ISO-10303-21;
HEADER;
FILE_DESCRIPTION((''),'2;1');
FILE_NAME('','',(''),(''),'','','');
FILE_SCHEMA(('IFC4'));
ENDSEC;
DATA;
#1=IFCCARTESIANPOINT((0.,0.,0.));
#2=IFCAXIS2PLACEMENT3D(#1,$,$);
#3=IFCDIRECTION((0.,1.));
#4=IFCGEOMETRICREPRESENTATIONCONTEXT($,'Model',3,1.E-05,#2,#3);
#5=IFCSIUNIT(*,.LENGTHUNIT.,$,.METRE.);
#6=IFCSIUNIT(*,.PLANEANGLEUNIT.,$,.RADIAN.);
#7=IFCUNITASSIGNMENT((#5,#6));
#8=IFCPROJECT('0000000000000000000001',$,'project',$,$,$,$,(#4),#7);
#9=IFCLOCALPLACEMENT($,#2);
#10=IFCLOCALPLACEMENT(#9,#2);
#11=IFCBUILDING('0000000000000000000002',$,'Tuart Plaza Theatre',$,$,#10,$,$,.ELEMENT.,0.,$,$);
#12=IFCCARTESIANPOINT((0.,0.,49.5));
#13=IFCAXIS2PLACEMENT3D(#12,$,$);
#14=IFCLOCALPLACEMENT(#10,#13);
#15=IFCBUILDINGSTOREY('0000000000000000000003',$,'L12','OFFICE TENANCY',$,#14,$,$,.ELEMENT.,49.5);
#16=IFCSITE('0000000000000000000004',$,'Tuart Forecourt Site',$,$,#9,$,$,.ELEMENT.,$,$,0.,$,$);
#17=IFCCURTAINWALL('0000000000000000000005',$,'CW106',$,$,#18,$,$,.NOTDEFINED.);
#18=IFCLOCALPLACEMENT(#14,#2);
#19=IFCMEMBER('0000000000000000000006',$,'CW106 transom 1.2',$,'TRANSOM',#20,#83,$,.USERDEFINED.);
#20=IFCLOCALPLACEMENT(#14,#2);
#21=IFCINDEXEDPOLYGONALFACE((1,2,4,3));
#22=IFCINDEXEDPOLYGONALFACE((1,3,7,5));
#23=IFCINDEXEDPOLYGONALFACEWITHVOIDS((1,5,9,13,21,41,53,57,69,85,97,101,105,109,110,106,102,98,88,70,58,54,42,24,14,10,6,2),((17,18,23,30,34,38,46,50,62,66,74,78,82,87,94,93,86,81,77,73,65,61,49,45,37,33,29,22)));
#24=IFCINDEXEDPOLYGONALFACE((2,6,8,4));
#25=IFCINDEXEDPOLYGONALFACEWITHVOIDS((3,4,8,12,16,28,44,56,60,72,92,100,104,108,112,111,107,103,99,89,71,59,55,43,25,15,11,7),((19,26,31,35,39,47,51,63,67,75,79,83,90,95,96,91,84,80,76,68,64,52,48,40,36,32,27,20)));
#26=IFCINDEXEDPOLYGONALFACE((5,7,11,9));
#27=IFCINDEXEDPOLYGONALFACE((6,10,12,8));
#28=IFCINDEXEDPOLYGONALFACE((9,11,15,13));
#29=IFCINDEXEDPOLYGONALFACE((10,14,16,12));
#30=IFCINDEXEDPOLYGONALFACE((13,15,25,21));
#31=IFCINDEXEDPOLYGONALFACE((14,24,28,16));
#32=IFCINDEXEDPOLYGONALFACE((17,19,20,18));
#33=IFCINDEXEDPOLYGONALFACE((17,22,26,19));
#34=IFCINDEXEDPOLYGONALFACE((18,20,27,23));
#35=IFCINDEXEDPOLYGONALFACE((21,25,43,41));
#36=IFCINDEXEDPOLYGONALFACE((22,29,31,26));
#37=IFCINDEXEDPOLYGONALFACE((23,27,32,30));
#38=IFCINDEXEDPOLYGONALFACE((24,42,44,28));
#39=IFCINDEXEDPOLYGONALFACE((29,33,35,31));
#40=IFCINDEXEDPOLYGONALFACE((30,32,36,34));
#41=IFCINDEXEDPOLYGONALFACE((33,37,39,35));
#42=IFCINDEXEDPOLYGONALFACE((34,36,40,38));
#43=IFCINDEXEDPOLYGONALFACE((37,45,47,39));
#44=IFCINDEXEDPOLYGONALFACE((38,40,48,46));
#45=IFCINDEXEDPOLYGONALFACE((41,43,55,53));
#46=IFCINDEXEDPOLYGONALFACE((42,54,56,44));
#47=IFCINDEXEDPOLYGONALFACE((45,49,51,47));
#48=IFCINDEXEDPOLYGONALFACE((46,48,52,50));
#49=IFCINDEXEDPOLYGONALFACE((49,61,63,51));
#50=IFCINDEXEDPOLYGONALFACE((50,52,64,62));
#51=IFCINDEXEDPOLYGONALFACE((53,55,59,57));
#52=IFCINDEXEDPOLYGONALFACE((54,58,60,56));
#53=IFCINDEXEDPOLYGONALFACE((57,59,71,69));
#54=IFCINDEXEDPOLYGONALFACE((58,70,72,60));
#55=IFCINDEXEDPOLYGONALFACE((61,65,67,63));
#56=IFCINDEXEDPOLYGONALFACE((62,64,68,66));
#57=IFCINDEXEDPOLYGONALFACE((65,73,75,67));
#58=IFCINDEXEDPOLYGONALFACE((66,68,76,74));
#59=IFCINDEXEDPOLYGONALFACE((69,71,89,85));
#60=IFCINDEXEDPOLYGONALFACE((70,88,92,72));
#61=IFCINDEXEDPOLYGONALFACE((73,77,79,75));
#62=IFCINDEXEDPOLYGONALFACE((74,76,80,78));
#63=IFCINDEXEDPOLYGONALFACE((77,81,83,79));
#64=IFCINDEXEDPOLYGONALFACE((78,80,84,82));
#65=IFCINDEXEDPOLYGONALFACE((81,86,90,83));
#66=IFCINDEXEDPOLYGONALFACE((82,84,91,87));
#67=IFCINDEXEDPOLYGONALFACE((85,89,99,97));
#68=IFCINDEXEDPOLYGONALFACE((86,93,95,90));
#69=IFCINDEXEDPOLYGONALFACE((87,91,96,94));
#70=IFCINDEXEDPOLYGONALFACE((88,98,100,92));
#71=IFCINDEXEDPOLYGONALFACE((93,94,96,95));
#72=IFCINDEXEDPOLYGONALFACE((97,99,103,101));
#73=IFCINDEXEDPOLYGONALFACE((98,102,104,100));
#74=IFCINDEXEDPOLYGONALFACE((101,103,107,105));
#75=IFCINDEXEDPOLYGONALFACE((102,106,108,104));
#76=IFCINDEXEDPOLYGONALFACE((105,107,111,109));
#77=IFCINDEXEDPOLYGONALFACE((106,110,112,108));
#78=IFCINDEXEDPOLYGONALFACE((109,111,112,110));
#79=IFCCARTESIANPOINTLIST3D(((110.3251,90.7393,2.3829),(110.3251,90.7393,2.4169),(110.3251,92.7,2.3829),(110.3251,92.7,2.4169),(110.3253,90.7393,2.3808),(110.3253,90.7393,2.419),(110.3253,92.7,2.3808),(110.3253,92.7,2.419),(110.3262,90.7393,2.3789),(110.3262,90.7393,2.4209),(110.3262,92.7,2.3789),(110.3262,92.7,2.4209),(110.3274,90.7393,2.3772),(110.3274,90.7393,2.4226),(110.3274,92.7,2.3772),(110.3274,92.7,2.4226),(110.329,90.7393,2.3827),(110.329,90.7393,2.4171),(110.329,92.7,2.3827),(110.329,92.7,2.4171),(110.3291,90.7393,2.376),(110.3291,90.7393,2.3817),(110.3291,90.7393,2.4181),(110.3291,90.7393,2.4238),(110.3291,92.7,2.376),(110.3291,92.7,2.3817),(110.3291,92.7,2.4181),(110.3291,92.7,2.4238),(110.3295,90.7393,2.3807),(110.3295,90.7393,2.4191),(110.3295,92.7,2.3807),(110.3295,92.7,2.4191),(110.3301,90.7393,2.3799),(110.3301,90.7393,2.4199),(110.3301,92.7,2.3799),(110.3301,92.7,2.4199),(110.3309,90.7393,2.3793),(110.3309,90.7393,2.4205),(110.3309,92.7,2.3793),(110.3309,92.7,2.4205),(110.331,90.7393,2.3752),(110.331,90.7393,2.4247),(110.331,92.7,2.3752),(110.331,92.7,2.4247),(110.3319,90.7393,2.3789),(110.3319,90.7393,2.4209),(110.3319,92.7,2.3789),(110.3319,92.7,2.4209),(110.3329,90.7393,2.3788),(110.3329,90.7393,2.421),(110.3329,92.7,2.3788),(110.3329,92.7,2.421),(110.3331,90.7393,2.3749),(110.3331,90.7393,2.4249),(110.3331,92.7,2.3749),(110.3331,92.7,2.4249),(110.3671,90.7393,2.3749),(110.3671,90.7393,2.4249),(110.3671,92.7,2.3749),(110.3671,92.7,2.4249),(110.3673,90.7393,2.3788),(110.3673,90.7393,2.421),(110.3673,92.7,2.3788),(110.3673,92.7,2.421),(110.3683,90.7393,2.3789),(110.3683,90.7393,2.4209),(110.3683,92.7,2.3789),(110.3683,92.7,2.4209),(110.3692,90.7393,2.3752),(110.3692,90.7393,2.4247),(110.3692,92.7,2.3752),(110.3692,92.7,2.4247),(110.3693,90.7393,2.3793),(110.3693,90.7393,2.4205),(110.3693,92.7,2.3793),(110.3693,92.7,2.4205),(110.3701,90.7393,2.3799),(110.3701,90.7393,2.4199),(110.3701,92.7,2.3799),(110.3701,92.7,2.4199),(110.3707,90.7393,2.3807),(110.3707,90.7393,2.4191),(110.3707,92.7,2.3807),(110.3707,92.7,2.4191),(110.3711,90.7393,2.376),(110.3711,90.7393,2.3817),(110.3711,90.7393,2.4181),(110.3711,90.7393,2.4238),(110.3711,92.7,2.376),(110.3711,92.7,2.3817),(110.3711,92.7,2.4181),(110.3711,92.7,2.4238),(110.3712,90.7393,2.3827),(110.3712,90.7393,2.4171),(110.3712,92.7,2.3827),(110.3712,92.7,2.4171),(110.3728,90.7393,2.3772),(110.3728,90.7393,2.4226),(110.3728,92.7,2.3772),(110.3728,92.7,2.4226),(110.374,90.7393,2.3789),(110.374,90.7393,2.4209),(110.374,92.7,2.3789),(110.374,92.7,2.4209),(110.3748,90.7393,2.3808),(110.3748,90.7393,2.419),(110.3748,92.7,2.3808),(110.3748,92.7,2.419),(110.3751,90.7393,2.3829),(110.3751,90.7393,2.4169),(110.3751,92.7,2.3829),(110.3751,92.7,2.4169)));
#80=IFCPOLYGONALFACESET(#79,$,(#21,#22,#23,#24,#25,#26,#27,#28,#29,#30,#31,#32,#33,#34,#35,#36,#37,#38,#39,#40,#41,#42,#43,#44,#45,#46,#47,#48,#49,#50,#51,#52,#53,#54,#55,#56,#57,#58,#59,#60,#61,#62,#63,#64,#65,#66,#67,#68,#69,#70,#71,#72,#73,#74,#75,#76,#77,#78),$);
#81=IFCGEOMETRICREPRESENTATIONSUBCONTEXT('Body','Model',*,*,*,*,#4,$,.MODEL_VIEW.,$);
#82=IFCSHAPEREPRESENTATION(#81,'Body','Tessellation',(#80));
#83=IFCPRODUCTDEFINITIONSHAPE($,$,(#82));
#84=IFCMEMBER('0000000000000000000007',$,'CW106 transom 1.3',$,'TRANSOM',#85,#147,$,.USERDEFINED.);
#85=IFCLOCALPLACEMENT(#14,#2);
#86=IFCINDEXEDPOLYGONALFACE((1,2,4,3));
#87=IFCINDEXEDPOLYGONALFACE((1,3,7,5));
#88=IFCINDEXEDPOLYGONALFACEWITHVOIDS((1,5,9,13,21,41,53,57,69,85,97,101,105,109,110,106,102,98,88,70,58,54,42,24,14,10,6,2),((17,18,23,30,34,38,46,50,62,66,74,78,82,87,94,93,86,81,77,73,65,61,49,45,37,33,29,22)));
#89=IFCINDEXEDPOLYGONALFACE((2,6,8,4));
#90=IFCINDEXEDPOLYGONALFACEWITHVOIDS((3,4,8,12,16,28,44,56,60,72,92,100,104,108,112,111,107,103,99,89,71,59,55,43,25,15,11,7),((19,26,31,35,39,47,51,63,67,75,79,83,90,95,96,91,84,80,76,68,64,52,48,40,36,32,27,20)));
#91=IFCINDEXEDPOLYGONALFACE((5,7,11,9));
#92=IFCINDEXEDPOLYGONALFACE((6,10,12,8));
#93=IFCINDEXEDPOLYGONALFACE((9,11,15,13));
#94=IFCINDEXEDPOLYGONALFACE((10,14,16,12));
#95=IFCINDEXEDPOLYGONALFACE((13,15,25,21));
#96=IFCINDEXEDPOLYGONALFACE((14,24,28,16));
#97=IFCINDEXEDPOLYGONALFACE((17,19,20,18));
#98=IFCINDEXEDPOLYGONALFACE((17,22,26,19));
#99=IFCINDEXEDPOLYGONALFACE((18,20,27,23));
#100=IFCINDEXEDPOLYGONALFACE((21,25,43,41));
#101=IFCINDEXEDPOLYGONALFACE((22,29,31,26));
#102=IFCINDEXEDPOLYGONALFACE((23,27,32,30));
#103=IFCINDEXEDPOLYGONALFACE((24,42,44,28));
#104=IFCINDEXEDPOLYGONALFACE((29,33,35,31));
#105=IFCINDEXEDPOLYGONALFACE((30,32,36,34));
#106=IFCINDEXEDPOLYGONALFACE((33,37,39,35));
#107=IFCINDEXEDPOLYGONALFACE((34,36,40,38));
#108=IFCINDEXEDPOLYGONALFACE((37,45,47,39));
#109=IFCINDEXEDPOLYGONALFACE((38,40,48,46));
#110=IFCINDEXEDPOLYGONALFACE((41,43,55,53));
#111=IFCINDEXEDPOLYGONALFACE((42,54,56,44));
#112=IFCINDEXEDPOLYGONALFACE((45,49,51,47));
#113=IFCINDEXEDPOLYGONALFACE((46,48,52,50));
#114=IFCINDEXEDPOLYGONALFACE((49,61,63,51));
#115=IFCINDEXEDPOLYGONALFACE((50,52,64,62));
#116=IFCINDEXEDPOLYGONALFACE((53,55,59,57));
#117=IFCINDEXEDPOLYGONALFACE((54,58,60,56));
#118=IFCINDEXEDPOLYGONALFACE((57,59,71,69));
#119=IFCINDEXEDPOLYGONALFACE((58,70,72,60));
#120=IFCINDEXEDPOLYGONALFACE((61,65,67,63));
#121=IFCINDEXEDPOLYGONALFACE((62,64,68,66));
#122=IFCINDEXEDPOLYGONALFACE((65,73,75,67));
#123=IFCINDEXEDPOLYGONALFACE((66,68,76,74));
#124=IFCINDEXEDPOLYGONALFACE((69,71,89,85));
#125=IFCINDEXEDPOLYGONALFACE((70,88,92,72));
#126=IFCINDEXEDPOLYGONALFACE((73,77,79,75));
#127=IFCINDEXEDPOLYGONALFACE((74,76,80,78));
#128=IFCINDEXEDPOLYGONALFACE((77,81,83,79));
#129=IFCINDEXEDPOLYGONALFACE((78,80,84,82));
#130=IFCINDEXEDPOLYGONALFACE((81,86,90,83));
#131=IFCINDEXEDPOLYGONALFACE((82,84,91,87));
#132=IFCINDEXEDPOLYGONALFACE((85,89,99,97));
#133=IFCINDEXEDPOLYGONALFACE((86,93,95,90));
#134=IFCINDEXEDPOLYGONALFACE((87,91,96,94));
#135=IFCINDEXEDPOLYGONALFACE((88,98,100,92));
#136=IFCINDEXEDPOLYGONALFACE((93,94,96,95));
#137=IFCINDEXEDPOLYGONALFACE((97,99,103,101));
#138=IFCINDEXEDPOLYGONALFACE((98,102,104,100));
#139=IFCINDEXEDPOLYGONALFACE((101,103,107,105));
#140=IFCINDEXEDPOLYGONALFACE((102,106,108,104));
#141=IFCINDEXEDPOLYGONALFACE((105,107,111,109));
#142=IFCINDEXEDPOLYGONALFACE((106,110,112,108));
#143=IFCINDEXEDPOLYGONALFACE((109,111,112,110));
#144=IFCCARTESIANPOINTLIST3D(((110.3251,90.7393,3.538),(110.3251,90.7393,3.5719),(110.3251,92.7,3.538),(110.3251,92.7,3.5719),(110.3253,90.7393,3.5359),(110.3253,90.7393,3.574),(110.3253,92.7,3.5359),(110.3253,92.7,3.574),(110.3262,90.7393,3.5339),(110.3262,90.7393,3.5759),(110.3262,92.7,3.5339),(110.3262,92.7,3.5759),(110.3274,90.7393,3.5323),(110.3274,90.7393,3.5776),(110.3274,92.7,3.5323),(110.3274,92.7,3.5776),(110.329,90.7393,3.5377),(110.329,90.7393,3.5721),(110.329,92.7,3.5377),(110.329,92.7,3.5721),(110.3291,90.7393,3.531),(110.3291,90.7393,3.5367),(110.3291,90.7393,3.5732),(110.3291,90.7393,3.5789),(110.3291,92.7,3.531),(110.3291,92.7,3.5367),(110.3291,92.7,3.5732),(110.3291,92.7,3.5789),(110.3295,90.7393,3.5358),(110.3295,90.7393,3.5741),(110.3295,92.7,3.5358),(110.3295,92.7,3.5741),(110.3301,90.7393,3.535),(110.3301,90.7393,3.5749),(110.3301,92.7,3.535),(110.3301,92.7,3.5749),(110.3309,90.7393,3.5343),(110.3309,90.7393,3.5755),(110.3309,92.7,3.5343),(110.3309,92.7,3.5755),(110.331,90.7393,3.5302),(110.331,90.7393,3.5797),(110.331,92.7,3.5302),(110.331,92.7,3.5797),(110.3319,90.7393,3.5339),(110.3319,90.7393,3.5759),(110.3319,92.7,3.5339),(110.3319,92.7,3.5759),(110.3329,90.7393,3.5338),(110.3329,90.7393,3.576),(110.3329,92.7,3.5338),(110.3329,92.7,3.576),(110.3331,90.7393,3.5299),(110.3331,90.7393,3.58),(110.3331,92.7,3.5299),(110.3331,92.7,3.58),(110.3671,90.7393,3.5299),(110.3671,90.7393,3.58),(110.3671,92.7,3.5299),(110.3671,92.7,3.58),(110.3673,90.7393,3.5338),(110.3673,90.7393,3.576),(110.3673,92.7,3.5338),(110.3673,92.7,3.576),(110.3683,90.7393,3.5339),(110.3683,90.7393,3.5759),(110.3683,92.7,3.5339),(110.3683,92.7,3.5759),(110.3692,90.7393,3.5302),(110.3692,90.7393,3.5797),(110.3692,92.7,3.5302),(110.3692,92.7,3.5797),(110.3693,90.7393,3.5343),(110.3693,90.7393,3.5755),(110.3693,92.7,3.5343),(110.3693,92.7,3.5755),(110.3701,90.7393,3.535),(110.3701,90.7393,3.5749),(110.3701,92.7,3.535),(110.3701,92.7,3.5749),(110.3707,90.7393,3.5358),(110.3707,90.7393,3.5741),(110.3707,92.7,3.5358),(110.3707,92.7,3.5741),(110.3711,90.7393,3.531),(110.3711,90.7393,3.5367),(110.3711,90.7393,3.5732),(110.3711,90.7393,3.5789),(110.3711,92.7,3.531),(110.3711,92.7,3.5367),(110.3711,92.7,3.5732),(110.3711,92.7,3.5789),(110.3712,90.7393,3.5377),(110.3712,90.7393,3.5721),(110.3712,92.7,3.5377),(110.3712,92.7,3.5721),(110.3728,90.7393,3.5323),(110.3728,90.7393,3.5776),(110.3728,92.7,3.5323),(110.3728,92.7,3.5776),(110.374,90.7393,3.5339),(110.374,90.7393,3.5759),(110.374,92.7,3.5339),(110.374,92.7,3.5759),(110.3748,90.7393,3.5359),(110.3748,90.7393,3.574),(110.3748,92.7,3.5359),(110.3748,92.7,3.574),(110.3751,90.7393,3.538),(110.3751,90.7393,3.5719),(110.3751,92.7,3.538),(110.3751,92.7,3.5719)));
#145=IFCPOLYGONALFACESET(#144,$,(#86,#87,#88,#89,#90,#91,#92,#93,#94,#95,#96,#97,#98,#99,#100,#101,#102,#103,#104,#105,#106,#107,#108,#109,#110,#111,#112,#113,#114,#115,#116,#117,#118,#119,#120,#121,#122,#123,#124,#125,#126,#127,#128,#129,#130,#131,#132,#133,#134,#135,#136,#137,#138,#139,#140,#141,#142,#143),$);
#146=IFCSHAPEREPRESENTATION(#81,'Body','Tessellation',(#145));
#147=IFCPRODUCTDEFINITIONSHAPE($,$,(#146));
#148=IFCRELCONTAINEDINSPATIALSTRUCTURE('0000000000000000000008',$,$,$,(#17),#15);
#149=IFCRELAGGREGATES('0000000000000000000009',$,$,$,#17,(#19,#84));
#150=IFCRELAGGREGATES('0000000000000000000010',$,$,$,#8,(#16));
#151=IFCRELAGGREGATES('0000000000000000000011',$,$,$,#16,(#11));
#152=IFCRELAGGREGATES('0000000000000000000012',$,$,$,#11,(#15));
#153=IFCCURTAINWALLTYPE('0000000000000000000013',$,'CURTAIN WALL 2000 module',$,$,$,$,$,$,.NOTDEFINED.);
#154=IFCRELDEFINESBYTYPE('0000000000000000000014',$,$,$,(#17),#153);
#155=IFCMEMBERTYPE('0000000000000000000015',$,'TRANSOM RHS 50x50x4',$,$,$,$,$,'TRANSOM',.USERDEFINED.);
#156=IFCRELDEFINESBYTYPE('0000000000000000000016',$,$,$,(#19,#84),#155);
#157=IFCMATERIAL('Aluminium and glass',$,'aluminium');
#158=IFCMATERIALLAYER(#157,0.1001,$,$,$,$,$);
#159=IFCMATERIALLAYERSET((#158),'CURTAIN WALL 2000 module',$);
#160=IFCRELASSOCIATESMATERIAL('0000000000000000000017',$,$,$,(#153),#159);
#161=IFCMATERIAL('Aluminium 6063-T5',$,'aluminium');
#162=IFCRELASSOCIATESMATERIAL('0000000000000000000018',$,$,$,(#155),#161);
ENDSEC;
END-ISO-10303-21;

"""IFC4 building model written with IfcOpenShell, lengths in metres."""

from ifc_helpers import new_model, si_unit, direction, frame, origin, origin_2d, place, context, subcontext, project, spatial, hollow_rectangle, extrude, material, layer, layer_set, material_profile, profile_set, type_object, element, aggregate, save


model = new_model("IFC4")

# Units and contexts
model_context = context("Model", 3, precision=1e-05, world=origin(), true_north=direction((0.0, 1.0)))
body_context = subcontext(model_context, "Body", "Model", "MODEL_VIEW")
ifc_project = project(units=[si_unit("LENGTHUNIT", "METRE"), si_unit("PLANEANGLEUNIT", "RADIAN")], contexts=[model_context])

# Site, building, storey
site_placement = place(None, origin())
site = spatial("IfcSite", under=ifc_project, at=site_placement, Name="Tuart Forecourt Site", CompositionType="ELEMENT", RefElevation=0.0)
building_placement = place(site_placement, origin())
building = spatial("IfcBuilding", under=site, at=building_placement, Name="Tuart Plaza Theatre", CompositionType="ELEMENT", ElevationOfRefHeight=0.0)
storey_placement = place(building_placement, frame((0.0, 0.0, 49.5)))
storey = spatial("IfcBuildingStorey", under=building, at=storey_placement, Name="L12", Description="OFFICE TENANCY", CompositionType="ELEMENT", Elevation=49.5)

# Curtain wall, members
ifc_material_1 = material(Name="Aluminium and glass", Category="aluminium")
ifc_layer_1 = layer(ifc_material_1, 0.1001)
ifc_layer_set_1 = layer_set([ifc_layer_1], Name="CURTAIN WALL 2000 module")
curtain_wall_type = type_object("IfcCurtainWallType", Name="CURTAIN WALL 2000 module", PredefinedType="NOTDEFINED", material=ifc_layer_set_1)
curtain_wall_placement = place(storey_placement, origin())
curtain_wall = element("IfcCurtainWall", 1, at=curtain_wall_placement, inside=storey, type_object=curtain_wall_type, Name="CW106", PredefinedType="NOTDEFINED")
ifc_material_2 = material(Name="Aluminium 6063-T5", Category="aluminium")
ifc_material_profile_1 = material_profile(ifc_material_2, hollow_rectangle(XDim=0.05, YDim=0.05, WallThickness=0.0039, InnerFilletRadius=0.0039, OuterFilletRadius=0.0081, at=origin_2d()), Name="RHS 50x50x4")
ifc_profile_set_1 = profile_set([ifc_material_profile_1], Name="Aluminium 6063-T5")
member_type_1 = type_object("IfcMemberType", Name="TRANSOM RHS 50x50x4", ElementType="TRANSOM", PredefinedType="USERDEFINED", material=ifc_profile_set_1)
member_1_placement = place(storey_placement, frame((110.3501, 92.7, 2.3999), z_axis=(0.0, -1.0, 0.0), x_axis=(1.0, 0.0, 0.0)))
member_1 = element("IfcMember", 2, at=member_1_placement, type_object=member_type_1, Name="CW106 transom 1.2", ObjectType="TRANSOM", PredefinedType="USERDEFINED", context=body_context, shape_type="SweptSolid", body=[
    extrude(hollow_rectangle(XDim=0.05, YDim=0.05, WallThickness=0.0039, InnerFilletRadius=0.0039, OuterFilletRadius=0.0081, at=origin_2d()), origin(), (0.0, 0.0, 1.0), 1.9607),
])
member_2_placement = place(storey_placement, frame((110.3501, 92.7, 3.5549), z_axis=(0.0, -1.0, 0.0), x_axis=(1.0, 0.0, 0.0)))
member_2 = element("IfcMember", 3, at=member_2_placement, type_object=member_type_1, Name="CW106 transom 1.3", ObjectType="TRANSOM", PredefinedType="USERDEFINED", context=body_context, shape_type="SweptSolid", body=[
    extrude(hollow_rectangle(XDim=0.05, YDim=0.05, WallThickness=0.0039, InnerFilletRadius=0.0039, OuterFilletRadius=0.0081, at=origin_2d()), origin(), (0.0, 0.0, 1.0), 1.9607),
])
aggregate(curtain_wall, [member_1, member_2])

save(model, "model.ifc")
